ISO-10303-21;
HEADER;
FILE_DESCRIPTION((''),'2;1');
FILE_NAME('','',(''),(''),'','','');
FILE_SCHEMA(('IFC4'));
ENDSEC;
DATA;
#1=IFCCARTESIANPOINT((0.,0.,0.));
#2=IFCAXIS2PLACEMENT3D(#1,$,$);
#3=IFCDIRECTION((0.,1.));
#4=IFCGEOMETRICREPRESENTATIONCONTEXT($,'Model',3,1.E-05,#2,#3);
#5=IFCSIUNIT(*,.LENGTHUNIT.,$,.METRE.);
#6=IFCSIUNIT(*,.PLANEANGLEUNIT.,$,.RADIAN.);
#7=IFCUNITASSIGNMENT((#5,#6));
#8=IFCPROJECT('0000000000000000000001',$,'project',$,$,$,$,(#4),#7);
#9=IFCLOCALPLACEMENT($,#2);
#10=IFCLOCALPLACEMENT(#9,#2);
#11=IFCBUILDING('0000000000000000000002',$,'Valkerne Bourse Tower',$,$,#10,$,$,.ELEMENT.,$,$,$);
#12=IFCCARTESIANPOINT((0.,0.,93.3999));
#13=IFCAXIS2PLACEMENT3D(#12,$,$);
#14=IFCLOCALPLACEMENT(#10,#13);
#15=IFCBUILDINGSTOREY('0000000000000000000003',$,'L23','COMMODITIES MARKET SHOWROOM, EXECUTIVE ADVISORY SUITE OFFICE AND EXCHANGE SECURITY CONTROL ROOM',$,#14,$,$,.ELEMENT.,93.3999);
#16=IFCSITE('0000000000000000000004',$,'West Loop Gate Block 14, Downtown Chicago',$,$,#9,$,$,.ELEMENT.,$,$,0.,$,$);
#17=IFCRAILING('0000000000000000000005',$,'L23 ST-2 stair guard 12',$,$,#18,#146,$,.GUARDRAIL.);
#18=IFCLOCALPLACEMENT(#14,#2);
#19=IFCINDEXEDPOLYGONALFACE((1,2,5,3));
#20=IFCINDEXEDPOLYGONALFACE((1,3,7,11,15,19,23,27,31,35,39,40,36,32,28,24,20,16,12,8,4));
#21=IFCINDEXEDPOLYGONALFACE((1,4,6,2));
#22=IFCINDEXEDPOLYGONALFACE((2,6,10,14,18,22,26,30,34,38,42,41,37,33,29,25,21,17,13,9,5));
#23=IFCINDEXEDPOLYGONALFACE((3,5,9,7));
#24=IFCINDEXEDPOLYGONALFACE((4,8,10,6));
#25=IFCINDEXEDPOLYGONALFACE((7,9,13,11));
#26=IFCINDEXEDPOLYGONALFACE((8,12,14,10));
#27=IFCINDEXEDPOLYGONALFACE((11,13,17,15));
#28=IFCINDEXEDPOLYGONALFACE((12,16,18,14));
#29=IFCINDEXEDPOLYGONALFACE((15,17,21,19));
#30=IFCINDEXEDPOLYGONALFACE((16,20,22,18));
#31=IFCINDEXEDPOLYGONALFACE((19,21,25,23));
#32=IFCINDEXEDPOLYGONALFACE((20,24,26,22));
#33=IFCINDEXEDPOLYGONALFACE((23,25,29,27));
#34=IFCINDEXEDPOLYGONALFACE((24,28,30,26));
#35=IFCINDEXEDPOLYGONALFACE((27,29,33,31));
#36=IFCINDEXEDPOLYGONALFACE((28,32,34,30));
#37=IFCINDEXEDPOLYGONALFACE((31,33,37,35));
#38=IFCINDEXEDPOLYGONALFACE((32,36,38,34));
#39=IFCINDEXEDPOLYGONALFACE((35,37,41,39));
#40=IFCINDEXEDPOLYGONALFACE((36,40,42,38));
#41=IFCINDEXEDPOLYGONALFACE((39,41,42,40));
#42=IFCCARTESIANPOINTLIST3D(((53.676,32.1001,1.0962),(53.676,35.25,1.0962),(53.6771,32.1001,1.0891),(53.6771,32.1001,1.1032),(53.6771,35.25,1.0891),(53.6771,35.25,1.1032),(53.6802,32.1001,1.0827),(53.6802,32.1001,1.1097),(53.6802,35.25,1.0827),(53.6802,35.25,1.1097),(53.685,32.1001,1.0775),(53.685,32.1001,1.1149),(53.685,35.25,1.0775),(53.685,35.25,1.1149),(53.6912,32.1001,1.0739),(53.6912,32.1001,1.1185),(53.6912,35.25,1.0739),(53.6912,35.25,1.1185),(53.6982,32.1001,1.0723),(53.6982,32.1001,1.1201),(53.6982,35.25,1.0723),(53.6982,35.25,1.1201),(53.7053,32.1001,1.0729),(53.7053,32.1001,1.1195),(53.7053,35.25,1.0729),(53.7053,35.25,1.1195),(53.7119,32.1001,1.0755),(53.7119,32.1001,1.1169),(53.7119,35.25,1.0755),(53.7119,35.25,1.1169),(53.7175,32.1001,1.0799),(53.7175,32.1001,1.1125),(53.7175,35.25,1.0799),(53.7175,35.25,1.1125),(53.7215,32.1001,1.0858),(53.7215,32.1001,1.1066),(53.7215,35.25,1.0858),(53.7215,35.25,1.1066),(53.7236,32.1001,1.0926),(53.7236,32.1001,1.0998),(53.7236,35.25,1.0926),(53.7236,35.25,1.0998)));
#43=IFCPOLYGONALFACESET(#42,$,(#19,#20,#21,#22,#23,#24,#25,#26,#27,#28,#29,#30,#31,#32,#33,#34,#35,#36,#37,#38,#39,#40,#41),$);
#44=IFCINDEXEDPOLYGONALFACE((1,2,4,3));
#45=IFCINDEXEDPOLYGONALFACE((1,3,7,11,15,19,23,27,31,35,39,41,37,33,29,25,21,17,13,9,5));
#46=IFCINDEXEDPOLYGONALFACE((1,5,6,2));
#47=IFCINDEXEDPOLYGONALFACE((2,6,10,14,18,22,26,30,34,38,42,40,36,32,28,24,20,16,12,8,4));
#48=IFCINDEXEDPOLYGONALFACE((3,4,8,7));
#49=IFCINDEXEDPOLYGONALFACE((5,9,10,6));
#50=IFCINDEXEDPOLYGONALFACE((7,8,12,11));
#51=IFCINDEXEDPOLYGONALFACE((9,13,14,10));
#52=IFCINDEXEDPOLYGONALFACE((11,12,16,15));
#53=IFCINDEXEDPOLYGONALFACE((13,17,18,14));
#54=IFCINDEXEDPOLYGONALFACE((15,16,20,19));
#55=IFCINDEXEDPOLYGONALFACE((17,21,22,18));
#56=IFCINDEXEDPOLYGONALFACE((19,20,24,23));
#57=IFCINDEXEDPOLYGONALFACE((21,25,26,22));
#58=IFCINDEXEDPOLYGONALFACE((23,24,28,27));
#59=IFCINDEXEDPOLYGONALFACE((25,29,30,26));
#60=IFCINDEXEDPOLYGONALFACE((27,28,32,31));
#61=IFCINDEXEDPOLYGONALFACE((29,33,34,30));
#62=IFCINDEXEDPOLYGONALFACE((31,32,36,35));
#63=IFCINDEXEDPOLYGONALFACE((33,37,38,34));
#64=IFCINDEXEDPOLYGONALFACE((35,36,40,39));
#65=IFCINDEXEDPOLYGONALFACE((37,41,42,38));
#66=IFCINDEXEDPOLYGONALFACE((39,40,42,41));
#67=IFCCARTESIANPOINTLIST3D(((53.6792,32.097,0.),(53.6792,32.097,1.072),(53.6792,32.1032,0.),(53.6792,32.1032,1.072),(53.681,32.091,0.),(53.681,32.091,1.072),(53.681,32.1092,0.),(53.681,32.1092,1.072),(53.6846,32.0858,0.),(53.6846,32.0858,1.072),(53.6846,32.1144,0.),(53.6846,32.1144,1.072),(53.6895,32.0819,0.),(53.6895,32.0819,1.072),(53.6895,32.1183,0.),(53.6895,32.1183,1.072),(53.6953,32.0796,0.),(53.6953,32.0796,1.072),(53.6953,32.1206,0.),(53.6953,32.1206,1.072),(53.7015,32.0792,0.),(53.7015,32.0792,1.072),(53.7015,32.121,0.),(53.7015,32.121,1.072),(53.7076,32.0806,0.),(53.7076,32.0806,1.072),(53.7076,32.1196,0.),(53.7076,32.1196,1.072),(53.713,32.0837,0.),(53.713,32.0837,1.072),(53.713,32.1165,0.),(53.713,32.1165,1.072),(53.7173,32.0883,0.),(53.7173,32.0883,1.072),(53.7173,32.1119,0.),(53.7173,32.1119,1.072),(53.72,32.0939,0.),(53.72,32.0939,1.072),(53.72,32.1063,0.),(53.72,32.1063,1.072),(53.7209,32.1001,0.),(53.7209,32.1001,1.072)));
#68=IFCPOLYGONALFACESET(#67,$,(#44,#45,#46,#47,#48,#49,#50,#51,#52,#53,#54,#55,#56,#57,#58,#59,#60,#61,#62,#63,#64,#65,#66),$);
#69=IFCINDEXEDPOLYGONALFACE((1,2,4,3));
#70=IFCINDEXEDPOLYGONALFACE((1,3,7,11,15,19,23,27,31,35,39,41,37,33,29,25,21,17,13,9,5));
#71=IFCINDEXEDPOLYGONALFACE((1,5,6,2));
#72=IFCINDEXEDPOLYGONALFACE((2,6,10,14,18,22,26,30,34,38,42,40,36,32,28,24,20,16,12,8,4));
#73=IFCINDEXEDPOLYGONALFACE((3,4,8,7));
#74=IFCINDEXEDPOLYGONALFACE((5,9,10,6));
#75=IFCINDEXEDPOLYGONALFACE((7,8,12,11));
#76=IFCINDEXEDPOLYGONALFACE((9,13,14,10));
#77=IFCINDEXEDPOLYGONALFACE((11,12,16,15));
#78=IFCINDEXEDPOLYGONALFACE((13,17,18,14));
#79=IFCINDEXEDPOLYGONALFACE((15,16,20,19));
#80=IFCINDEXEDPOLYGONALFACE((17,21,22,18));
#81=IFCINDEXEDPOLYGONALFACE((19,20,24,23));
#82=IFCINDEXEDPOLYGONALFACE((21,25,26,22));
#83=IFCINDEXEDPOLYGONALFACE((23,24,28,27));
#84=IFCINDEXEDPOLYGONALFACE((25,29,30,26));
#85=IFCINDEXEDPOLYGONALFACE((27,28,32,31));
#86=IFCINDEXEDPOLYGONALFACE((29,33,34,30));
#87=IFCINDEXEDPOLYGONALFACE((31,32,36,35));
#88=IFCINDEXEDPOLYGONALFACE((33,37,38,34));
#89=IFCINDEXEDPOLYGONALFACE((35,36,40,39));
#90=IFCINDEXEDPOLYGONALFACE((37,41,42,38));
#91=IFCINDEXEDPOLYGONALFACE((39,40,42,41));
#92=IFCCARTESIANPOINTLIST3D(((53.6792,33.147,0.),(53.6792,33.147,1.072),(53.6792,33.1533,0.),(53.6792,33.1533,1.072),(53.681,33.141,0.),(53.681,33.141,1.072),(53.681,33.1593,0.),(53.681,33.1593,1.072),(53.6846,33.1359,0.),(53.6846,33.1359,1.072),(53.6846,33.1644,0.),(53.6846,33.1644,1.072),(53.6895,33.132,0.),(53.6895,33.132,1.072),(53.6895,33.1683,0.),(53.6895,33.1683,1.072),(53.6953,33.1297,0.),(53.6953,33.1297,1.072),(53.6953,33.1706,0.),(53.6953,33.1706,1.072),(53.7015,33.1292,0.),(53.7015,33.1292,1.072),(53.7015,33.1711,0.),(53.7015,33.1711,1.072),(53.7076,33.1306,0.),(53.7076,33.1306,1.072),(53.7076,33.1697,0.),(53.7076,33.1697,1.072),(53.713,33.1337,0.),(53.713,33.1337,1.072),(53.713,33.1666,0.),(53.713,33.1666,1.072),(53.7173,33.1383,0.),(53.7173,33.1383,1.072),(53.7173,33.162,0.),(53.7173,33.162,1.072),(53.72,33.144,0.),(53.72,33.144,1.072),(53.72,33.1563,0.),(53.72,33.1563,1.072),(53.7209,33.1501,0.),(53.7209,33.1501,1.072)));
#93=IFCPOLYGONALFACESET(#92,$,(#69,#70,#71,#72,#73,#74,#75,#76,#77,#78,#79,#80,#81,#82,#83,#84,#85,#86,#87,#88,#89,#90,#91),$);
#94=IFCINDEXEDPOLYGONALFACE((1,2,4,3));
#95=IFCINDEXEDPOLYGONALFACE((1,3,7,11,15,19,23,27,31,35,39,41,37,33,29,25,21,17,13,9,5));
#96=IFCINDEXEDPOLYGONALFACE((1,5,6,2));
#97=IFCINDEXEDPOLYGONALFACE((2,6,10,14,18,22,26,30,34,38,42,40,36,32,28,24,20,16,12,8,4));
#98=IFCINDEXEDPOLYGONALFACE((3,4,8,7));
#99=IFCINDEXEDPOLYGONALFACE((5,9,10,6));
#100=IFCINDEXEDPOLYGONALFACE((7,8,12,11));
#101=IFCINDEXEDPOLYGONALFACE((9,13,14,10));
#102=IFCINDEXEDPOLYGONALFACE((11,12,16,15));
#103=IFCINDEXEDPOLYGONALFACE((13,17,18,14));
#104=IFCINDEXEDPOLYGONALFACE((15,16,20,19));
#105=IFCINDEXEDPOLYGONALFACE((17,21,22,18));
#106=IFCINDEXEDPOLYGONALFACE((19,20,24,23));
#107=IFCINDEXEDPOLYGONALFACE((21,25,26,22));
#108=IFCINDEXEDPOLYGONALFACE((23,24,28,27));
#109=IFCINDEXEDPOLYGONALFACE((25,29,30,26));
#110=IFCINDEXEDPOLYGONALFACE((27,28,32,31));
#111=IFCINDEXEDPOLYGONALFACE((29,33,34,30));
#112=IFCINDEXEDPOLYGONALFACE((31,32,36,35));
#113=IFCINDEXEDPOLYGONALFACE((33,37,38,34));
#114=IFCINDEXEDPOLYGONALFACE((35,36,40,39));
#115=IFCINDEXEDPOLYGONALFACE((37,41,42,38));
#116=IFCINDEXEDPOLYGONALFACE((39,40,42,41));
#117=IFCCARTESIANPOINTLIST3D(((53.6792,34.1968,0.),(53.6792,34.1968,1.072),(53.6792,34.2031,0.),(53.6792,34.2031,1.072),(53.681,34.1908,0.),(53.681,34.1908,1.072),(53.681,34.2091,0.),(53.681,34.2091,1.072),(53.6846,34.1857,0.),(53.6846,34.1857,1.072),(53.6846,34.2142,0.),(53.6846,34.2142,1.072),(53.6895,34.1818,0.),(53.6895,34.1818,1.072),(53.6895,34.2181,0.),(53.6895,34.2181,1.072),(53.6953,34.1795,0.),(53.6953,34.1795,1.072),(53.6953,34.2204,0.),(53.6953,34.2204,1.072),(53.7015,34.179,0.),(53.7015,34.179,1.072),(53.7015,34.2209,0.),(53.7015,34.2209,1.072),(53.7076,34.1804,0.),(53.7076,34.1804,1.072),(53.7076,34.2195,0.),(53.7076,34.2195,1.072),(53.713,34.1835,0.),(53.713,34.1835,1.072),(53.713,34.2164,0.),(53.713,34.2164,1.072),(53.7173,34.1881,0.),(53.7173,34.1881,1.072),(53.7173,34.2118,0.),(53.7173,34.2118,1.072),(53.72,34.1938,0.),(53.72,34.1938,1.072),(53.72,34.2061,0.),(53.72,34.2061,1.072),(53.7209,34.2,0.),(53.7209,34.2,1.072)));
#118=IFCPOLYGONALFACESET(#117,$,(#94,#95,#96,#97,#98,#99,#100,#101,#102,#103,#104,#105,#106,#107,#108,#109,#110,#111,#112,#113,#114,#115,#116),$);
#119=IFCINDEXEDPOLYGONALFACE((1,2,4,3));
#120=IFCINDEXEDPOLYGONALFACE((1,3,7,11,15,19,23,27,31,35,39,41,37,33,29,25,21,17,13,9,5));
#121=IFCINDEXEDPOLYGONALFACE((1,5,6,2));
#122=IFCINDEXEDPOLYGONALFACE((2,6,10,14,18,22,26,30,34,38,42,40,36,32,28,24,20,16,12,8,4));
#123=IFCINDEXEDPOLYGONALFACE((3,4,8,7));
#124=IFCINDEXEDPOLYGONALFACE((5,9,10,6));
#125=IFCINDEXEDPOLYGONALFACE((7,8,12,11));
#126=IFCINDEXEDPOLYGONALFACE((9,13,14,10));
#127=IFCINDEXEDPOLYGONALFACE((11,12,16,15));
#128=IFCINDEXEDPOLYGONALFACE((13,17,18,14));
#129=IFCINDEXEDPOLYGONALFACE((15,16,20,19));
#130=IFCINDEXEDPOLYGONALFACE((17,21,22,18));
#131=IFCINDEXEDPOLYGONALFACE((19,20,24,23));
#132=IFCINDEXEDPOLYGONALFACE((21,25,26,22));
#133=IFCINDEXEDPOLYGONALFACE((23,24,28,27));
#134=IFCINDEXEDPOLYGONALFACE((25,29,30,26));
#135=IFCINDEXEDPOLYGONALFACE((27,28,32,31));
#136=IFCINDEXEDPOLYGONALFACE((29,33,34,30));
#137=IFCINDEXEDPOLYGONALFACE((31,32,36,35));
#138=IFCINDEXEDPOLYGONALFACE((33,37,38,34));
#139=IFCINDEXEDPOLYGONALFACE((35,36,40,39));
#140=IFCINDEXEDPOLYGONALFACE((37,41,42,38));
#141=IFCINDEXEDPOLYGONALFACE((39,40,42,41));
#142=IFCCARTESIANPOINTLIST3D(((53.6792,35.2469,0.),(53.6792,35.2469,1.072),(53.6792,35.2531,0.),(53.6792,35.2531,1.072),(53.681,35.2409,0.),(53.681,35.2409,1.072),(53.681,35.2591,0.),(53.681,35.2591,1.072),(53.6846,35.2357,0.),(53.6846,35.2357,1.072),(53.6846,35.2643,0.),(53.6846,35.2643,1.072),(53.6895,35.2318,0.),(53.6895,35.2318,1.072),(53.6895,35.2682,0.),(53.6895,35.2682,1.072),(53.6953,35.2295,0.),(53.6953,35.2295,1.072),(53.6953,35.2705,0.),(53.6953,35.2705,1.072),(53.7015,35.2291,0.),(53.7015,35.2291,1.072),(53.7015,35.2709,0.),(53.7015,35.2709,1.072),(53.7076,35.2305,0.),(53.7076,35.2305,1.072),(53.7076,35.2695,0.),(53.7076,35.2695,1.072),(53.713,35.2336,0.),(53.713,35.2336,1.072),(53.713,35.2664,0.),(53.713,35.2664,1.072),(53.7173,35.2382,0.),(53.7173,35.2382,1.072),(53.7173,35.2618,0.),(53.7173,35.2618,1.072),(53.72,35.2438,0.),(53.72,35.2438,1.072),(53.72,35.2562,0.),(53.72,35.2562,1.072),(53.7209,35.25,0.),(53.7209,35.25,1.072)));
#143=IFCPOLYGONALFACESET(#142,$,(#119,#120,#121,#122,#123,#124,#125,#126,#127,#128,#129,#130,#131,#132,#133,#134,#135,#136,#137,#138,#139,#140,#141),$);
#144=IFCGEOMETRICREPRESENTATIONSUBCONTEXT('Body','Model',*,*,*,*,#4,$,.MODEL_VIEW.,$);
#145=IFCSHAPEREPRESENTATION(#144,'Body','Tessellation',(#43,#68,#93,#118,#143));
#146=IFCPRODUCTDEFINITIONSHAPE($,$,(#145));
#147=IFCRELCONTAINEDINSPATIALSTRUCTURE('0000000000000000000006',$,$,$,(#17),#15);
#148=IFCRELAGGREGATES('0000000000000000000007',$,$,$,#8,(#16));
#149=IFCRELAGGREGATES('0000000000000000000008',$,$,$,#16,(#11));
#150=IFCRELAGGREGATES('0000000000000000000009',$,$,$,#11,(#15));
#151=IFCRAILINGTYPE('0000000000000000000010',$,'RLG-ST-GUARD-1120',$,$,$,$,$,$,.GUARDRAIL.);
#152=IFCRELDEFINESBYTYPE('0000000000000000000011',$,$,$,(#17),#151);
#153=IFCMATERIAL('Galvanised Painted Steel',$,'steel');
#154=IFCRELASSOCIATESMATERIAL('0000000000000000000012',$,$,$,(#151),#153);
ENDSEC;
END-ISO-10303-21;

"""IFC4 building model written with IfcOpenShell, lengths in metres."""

from ifc_helpers import new_model, si_unit, direction, frame, origin, origin_2d, place, context, subcontext, project, spatial, circle, extrude, material, type_object, element, save


model = new_model("IFC4")

# Units and contexts
model_context = context("Model", 3, precision=1e-05, world=origin(), true_north=direction((0.0, 1.0)))
body_context = subcontext(model_context, "Body", "Model", "MODEL_VIEW")
ifc_project = project(units=[si_unit("LENGTHUNIT", "METRE"), si_unit("PLANEANGLEUNIT", "RADIAN")], contexts=[model_context])

# Site, building, storey
site_placement = place(None, origin())
site = spatial("IfcSite", under=ifc_project, at=site_placement, Name="West Loop Gate Block 14, Downtown Chicago", CompositionType="ELEMENT", RefElevation=0.0)
building_placement = place(site_placement, origin())
building = spatial("IfcBuilding", under=site, at=building_placement, Name="Valkerne Bourse Tower", CompositionType="ELEMENT")
storey_placement = place(building_placement, frame((0.0, 0.0, 93.3999)))
storey = spatial("IfcBuildingStorey", under=building, at=storey_placement, Name="L23", Description="COMMODITIES MARKET SHOWROOM, EXECUTIVE ADVISORY SUITE OFFICE AND EXCHANGE SECURITY CONTROL ROOM", CompositionType="ELEMENT", Elevation=93.3999)

# Shared definitions
ifc_material_1 = material(Name="Galvanised Painted Steel", Category="steel")

# Railing
railing_type_1 = type_object("IfcRailingType", Name="RLG-ST-GUARD-1120", PredefinedType="GUARDRAIL", material=ifc_material_1)
railing_1_placement = place(storey_placement, frame((53.7, 32.1001, 0.0)))
element("IfcRailing", 1, at=railing_1_placement, inside=storey, type_object=railing_type_1, Name="L23 ST-2 stair guard 12", PredefinedType="GUARDRAIL", context=body_context, shape_type="SweptSolid", body=[
    extrude(circle(Radius=0.0239, at=origin_2d()), frame((0.0, 0.0, 1.0962), z_axis=(0.0, 1.0, 0.0), x_axis=(-1.0, 0.0, 0.0)), (0.0, 0.0, 1.0), 3.1499),
    extrude(circle(Radius=0.021, at=origin_2d()), origin(), (0.0, 0.0, 1.0), 1.072),
    extrude(circle(Radius=0.021, at=origin_2d()), frame((0.0, 1.05, 0.0)), (0.0, 0.0, 1.0), 1.072),
    extrude(circle(Radius=0.021, at=origin_2d()), frame((0.0, 2.0999, 0.0)), (0.0, 0.0, 1.0), 1.072),
    extrude(circle(Radius=0.021, at=origin_2d()), frame((0.0, 3.1499, 0.0)), (0.0, 0.0, 1.0), 1.072),
])

save(model, "model.ifc")
